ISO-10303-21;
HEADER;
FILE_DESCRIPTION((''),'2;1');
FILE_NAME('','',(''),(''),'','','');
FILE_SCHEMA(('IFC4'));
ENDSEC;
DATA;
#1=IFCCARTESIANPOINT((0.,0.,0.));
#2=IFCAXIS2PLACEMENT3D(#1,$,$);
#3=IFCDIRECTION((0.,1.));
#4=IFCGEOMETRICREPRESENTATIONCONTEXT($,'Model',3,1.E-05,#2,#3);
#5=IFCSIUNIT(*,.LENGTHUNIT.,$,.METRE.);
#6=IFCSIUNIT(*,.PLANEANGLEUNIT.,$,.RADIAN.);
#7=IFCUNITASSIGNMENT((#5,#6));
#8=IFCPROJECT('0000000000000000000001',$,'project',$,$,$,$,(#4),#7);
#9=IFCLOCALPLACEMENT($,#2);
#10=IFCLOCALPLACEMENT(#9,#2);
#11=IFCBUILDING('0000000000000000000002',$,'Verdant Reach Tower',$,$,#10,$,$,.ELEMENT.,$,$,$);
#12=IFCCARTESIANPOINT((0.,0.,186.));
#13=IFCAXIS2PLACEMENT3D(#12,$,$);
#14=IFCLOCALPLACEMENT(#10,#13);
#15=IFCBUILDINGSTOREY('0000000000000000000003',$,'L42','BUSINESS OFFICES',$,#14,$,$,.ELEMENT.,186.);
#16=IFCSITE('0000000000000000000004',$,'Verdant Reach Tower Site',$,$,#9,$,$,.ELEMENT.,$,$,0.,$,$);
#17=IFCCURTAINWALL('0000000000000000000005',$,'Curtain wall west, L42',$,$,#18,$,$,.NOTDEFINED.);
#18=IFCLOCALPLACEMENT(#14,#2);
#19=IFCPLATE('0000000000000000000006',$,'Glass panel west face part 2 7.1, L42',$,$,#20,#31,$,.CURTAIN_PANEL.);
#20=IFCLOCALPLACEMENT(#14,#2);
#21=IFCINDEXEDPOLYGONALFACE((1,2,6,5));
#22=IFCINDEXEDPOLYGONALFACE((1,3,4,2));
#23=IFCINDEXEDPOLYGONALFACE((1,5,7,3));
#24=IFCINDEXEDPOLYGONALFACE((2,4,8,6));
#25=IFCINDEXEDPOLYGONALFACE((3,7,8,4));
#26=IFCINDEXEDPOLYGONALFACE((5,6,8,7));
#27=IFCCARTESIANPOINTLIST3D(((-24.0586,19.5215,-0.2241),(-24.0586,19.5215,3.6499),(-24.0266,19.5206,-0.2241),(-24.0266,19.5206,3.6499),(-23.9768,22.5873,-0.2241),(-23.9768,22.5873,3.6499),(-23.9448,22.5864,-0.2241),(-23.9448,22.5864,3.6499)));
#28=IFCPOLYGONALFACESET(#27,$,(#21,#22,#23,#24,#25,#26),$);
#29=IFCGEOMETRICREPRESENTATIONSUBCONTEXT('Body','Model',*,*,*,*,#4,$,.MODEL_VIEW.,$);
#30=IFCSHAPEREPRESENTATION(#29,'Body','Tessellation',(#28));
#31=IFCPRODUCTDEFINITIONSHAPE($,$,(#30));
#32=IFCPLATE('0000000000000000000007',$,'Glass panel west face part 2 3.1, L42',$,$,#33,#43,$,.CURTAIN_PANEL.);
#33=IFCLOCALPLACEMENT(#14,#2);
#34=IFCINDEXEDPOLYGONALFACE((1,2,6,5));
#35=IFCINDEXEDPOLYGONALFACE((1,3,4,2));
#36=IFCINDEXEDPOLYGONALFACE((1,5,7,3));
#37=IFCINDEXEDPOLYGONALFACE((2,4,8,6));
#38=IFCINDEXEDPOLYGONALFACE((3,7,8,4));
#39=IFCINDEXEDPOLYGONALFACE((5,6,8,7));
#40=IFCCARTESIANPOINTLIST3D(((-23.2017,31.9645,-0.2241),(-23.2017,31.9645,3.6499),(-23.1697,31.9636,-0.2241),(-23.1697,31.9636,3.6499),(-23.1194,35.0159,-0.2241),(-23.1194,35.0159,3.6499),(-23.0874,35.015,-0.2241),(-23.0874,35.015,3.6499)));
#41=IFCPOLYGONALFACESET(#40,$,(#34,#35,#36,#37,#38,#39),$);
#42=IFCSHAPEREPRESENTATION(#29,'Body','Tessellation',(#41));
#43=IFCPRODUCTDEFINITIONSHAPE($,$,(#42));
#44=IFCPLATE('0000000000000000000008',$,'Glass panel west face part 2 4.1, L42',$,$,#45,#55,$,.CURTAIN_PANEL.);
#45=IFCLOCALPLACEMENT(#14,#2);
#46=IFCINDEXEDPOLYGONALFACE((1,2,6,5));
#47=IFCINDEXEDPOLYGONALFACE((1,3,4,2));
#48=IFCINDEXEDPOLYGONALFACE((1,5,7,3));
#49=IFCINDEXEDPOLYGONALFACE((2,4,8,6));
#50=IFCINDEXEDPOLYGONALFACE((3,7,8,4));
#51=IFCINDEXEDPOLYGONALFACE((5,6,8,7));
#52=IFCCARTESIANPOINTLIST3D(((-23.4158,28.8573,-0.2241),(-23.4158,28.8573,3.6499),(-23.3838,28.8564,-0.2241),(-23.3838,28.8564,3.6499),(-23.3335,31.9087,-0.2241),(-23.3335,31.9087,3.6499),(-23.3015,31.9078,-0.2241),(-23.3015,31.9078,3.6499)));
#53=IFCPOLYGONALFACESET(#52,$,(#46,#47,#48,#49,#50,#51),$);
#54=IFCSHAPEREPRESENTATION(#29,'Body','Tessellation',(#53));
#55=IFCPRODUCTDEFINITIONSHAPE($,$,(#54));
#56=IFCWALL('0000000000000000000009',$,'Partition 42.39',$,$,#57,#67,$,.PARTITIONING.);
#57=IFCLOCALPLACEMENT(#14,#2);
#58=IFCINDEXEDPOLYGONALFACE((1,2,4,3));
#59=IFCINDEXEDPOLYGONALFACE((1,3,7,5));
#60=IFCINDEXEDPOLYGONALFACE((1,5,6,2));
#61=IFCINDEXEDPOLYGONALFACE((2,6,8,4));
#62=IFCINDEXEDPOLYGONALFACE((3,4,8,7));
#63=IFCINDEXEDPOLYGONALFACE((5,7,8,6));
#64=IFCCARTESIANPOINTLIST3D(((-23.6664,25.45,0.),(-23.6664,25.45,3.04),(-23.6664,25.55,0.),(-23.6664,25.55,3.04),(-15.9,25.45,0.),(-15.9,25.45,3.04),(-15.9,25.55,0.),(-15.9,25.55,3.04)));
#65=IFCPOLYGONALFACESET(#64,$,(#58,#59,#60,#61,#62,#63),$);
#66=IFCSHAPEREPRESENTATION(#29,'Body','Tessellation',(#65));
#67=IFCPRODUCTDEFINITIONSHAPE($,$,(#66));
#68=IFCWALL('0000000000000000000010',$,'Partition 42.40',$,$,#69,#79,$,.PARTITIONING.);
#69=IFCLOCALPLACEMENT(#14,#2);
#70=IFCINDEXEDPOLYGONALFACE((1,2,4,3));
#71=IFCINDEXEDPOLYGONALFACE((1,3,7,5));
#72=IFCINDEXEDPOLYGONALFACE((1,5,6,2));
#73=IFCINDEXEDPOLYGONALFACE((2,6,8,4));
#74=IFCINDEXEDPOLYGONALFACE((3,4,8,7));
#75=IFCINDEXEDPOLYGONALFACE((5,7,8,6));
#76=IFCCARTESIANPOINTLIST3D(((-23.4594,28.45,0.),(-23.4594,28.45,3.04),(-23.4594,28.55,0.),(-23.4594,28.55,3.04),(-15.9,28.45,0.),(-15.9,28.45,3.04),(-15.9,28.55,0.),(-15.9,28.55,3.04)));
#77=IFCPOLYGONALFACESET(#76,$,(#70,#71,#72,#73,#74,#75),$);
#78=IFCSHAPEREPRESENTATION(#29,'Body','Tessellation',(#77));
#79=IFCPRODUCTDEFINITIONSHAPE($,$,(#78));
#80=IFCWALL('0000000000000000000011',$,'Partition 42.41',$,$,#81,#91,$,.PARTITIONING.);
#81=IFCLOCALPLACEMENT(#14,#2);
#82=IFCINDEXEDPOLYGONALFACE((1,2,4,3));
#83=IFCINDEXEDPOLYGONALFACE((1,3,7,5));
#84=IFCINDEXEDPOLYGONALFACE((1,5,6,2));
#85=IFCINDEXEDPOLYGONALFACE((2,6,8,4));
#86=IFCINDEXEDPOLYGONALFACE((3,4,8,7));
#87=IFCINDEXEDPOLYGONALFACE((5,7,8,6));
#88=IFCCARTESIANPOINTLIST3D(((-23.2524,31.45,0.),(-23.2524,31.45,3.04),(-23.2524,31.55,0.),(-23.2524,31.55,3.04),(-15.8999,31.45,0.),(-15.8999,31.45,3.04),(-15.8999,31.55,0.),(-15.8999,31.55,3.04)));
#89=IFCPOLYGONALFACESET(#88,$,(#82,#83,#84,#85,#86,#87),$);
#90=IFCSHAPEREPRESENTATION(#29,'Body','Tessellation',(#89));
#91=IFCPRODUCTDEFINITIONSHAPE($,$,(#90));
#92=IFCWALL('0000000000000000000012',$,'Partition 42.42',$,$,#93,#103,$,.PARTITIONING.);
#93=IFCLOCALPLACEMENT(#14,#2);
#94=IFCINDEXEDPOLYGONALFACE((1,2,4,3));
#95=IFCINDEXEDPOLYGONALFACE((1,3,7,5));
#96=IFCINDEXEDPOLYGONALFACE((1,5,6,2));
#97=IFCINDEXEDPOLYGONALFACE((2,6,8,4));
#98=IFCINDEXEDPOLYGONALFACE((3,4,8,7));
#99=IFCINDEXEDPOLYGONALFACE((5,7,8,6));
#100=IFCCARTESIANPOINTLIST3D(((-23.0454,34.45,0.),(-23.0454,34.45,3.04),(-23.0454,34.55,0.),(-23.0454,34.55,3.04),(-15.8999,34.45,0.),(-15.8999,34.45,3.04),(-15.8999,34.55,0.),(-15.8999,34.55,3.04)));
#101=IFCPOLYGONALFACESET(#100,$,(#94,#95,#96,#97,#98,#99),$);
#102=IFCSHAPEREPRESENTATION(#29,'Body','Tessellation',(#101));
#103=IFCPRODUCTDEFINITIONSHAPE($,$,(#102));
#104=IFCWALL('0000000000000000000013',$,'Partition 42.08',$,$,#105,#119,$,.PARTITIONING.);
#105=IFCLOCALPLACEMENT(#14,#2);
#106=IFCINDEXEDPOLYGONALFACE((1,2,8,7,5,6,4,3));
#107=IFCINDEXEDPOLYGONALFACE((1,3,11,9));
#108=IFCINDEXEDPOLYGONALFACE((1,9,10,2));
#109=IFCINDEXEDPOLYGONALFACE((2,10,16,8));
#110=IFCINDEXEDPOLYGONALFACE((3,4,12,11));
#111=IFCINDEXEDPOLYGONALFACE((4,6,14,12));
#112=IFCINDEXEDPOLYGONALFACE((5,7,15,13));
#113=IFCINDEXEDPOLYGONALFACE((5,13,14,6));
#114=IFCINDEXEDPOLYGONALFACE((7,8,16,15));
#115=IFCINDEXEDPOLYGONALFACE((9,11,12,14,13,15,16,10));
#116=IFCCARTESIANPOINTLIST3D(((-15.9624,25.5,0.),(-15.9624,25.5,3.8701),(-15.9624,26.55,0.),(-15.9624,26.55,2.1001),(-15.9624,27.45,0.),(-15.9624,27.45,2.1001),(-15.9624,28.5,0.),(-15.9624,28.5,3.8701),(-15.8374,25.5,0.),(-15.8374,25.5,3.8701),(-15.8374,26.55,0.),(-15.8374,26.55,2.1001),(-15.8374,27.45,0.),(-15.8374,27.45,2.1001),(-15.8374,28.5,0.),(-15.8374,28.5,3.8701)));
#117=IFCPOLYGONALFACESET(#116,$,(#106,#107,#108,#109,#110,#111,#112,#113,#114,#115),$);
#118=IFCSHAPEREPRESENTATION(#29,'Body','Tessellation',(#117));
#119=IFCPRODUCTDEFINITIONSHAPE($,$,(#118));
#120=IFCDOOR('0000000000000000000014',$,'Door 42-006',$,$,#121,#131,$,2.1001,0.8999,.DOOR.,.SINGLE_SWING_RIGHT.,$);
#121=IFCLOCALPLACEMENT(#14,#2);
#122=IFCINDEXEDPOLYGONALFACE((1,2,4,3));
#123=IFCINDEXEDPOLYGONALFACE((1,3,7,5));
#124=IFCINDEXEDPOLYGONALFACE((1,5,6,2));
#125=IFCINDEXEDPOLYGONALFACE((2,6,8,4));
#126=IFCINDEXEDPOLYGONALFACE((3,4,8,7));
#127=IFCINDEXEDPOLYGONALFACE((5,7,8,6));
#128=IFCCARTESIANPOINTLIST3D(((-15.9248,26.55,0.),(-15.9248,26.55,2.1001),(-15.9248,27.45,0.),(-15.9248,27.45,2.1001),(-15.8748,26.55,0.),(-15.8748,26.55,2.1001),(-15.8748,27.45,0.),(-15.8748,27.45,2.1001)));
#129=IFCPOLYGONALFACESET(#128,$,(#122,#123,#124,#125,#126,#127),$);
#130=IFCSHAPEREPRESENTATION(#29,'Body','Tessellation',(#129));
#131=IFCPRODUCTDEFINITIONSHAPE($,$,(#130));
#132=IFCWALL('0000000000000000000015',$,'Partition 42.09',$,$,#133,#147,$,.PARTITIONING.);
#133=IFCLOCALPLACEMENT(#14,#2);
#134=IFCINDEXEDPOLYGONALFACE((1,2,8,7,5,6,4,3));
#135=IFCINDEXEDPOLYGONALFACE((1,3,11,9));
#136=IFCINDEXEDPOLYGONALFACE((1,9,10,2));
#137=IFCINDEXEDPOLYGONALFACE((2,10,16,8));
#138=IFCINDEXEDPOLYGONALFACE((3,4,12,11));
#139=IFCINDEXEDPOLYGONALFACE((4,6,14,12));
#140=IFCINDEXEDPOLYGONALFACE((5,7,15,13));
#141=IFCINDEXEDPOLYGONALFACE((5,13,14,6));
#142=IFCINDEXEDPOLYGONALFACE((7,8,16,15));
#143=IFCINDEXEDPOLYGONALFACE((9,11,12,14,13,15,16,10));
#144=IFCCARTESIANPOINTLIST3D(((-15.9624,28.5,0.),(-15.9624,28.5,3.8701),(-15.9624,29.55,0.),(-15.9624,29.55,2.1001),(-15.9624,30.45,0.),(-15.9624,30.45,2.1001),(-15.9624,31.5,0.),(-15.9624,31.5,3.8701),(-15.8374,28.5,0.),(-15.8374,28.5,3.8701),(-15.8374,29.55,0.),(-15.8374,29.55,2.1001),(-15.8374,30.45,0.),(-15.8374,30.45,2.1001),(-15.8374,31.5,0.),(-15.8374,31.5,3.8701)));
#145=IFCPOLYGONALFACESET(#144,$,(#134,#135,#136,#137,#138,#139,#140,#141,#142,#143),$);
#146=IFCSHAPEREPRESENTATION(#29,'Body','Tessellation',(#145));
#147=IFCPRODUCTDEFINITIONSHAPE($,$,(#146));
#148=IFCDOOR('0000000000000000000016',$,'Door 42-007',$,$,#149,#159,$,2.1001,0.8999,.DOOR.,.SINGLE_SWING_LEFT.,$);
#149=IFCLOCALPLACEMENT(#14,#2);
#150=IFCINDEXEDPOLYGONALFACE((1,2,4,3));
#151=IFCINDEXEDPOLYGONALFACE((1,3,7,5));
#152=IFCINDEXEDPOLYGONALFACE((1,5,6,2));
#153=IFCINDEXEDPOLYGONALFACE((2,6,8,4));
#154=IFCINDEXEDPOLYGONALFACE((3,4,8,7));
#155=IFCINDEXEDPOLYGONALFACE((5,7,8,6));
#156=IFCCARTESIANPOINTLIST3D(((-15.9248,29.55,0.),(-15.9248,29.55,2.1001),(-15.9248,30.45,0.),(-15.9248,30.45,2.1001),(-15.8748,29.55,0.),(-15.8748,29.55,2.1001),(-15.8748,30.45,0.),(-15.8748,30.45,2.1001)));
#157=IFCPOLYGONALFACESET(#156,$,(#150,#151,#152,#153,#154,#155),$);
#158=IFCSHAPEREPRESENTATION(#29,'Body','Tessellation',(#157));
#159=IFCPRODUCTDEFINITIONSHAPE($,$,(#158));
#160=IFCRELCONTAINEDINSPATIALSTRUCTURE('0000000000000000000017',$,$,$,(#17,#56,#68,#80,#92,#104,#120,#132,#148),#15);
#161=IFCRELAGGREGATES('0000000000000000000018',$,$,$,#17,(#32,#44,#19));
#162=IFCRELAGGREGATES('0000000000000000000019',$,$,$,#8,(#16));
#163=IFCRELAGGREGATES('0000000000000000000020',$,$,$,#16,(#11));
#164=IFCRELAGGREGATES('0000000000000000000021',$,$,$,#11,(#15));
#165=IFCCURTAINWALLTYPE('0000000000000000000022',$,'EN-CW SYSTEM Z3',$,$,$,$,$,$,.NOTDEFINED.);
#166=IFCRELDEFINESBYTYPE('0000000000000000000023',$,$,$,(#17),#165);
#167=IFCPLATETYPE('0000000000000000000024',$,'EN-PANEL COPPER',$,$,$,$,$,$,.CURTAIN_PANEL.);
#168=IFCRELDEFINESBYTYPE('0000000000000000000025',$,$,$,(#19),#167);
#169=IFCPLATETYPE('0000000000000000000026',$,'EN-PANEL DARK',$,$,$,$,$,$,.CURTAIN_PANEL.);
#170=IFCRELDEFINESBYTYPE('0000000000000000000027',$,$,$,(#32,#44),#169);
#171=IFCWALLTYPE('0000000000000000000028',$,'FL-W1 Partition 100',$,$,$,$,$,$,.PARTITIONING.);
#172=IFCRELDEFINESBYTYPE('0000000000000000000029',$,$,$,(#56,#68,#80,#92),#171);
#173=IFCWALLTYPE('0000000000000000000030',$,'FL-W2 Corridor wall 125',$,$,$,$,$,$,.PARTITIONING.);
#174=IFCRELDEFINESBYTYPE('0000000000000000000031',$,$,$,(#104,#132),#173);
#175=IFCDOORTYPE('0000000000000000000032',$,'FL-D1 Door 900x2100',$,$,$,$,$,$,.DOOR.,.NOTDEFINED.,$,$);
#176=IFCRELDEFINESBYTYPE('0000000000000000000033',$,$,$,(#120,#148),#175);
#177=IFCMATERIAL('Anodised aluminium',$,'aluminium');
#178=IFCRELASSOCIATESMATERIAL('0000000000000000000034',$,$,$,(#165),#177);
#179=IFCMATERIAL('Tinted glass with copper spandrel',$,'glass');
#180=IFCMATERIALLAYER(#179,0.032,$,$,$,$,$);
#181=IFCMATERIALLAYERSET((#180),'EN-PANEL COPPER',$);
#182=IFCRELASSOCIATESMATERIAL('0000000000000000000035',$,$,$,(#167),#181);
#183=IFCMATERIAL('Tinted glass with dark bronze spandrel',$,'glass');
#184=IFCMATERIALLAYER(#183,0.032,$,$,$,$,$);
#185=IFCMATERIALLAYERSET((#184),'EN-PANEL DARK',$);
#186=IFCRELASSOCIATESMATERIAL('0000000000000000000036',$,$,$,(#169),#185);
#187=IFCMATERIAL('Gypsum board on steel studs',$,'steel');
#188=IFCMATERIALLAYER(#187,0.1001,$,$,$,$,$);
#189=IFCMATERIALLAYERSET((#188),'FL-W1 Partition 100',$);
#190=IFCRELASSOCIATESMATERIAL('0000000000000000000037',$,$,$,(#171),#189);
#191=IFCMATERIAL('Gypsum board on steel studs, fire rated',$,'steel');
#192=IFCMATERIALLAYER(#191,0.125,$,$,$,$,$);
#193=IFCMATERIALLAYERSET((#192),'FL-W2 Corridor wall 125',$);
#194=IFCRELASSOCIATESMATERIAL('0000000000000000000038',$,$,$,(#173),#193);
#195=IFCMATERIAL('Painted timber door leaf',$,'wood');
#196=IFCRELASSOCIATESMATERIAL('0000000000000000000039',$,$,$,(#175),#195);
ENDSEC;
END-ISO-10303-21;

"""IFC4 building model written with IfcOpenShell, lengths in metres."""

from ifc_helpers import new_model, si_unit, direction, frame, frame_2d, origin, origin_2d, place, context, subcontext, project, spatial, rectangle, extrude, material, layer, layer_set, type_object, element, fill, aggregate, save


model = new_model("IFC4")

# Units and contexts
model_context = context("Model", 3, precision=1e-05, world=origin(), true_north=direction((0.0, 1.0)))
body_context = subcontext(model_context, "Body", "Model", "MODEL_VIEW")
ifc_project = project(units=[si_unit("LENGTHUNIT", "METRE"), si_unit("PLANEANGLEUNIT", "RADIAN")], contexts=[model_context])

# Site, building, storey
site_placement = place(None, origin())
site = spatial("IfcSite", under=ifc_project, at=site_placement, Name="Verdant Reach Tower Site", CompositionType="ELEMENT", RefElevation=0.0)
building_placement = place(site_placement, origin())
building = spatial("IfcBuilding", under=site, at=building_placement, Name="Verdant Reach Tower", CompositionType="ELEMENT")
storey_placement = place(building_placement, frame((0.0, 0.0, 186.0)))
storey = spatial("IfcBuildingStorey", under=building, at=storey_placement, Name="L42", Description="BUSINESS OFFICES", CompositionType="ELEMENT", Elevation=186.0)

# Curtain wall, plates
ifc_material_1 = material(Name="Anodised aluminium", Category="aluminium")
curtain_wall_type = type_object("IfcCurtainWallType", Name="EN-CW SYSTEM Z3", PredefinedType="NOTDEFINED", material=ifc_material_1)
curtain_wall_placement = place(storey_placement, origin())
curtain_wall = element("IfcCurtainWall", 1, at=curtain_wall_placement, inside=storey, type_object=curtain_wall_type, Name="Curtain wall west, L42", PredefinedType="NOTDEFINED")
ifc_material_2 = material(Name="Tinted glass with copper spandrel", Category="glass")
ifc_layer_1 = layer(ifc_material_2, 0.032)
ifc_layer_set_1 = layer_set([ifc_layer_1], Name="EN-PANEL COPPER")
plate_type_1 = type_object("IfcPlateType", Name="EN-PANEL COPPER", PredefinedType="CURTAIN_PANEL", material=ifc_layer_set_1)
plate_1_placement = place(storey_placement, frame((-24.0017, 21.054, -0.2241), z_axis=(0.0, 0.0, 1.0), x_axis=(-0.02666, -0.999645, 0.0)))
plate_1 = element("IfcPlate", 2, at=plate_1_placement, type_object=plate_type_1, Name="Glass panel west face part 2 7.1, L42", PredefinedType="CURTAIN_PANEL", context=body_context, shape_type="SweptSolid", body=[
    extrude(rectangle(XDim=3.0669, YDim=0.032, at=origin_2d()), origin(), (0.0, 0.0, 1.0), 3.874),
])
ifc_material_3 = material(Name="Tinted glass with dark bronze spandrel", Category="glass")
ifc_layer_2 = layer(ifc_material_3, 0.032)
ifc_layer_set_2 = layer_set([ifc_layer_2], Name="EN-PANEL DARK")
plate_type_2 = type_object("IfcPlateType", Name="EN-PANEL DARK", PredefinedType="CURTAIN_PANEL", material=ifc_layer_set_2)
plate_2_placement = place(storey_placement, frame((-23.1445, 33.4897, -0.2241), z_axis=(0.0, 0.0, 1.0), x_axis=(-0.026965, -0.999636, 0.0)))
plate_2 = element("IfcPlate", 3, at=plate_2_placement, type_object=plate_type_2, Name="Glass panel west face part 2 3.1, L42", PredefinedType="CURTAIN_PANEL", context=body_context, shape_type="SweptSolid", body=[
    extrude(rectangle(XDim=3.0525, YDim=0.032, at=origin_2d()), origin(), (0.0, 0.0, 1.0), 3.874),
])
plate_3_placement = place(storey_placement, frame((-23.3586, 30.3826, -0.2241), z_axis=(0.0, 0.0, 1.0), x_axis=(-0.026965, -0.999636, 0.0)))
plate_3 = element("IfcPlate", 4, at=plate_3_placement, type_object=plate_type_2, Name="Glass panel west face part 2 4.1, L42", PredefinedType="CURTAIN_PANEL", context=body_context, shape_type="SweptSolid", body=[
    extrude(rectangle(XDim=3.0525, YDim=0.032, at=origin_2d()), origin(), (0.0, 0.0, 1.0), 3.874),
])
aggregate(curtain_wall, [plate_2, plate_3, plate_1])

# Walls
ifc_material_4 = material(Name="Gypsum board on steel studs", Category="steel")
ifc_layer_3 = layer(ifc_material_4, 0.1001)
ifc_layer_set_3 = layer_set([ifc_layer_3], Name="FL-W1 Partition 100")
wall_type_1 = type_object("IfcWallType", Name="FL-W1 Partition 100", PredefinedType="PARTITIONING", material=ifc_layer_set_3)
wall_1_placement = place(storey_placement, frame((-15.8999, 25.5, 0.0), z_axis=(0.0, 0.0, 1.0), x_axis=(-1.0, 0.0, 0.0)))
element("IfcWall", 5, at=wall_1_placement, inside=storey, type_object=wall_type_1, Name="Partition 42.39", PredefinedType="PARTITIONING", context=body_context, shape_type="SweptSolid", body=[
    extrude(rectangle(XDim=7.7664, YDim=0.1001, at=frame_2d((3.8833, 0.0))), origin(), (0.0, 0.0, 1.0), 3.04),
])
wall_2_placement = place(storey_placement, frame((-15.8999, 28.5, 0.0), z_axis=(0.0, 0.0, 1.0), x_axis=(-1.0, 0.0, 0.0)))
element("IfcWall", 6, at=wall_2_placement, inside=storey, type_object=wall_type_1, Name="Partition 42.40", PredefinedType="PARTITIONING", context=body_context, shape_type="SweptSolid", body=[
    extrude(rectangle(XDim=7.5593, YDim=0.1001, at=frame_2d((3.7798, 0.0))), origin(), (0.0, 0.0, 1.0), 3.04),
])
wall_3_placement = place(storey_placement, frame((-15.8999, 31.5, 0.0), z_axis=(0.0, 0.0, 1.0), x_axis=(-1.0, 0.0, 0.0)))
element("IfcWall", 7, at=wall_3_placement, inside=storey, type_object=wall_type_1, Name="Partition 42.41", PredefinedType="PARTITIONING", context=body_context, shape_type="SweptSolid", body=[
    extrude(rectangle(XDim=7.3525, YDim=0.1001, at=frame_2d((3.6763, 0.0))), origin(), (0.0, 0.0, 1.0), 3.04),
])
wall_4_placement = place(storey_placement, frame((-15.8999, 34.5, 0.0), z_axis=(0.0, 0.0, 1.0), x_axis=(-1.0, 0.0, 0.0)))
element("IfcWall", 8, at=wall_4_placement, inside=storey, type_object=wall_type_1, Name="Partition 42.42", PredefinedType="PARTITIONING", context=body_context, shape_type="SweptSolid", body=[
    extrude(rectangle(XDim=7.1455, YDim=0.1001, at=frame_2d((3.5728, 0.0))), origin(), (0.0, 0.0, 1.0), 3.04),
])

# Walls, openings, doors
ifc_material_5 = material(Name="Gypsum board on steel studs, fire rated", Category="steel")
ifc_layer_4 = layer(ifc_material_5, 0.125)
ifc_layer_set_4 = layer_set([ifc_layer_4], Name="FL-W2 Corridor wall 125")
wall_type_2 = type_object("IfcWallType", Name="FL-W2 Corridor wall 125", PredefinedType="PARTITIONING", material=ifc_layer_set_4)
wall_5_placement = place(storey_placement, frame((-15.8999, 25.5, 0.0), z_axis=(0.0, 0.0, 1.0), x_axis=(0.0, 1.0, 0.0)))
wall_5 = element("IfcWall", 9, at=wall_5_placement, inside=storey, type_object=wall_type_2, Name="Partition 42.08", PredefinedType="PARTITIONING", context=body_context, shape_type="SweptSolid", body=[
    extrude(rectangle(XDim=3.0, YDim=0.125, at=frame_2d((1.5, 0.0))), origin(), (0.0, 0.0, 1.0), 3.8701),
])
opening_1_placement = place(wall_5_placement, frame((1.05, 0.0, 0.0)))
opening_1 = element("IfcOpeningElement", 10, at=opening_1_placement, cuts=wall_5, PredefinedType="OPENING", context=body_context, shape_type="SweptSolid", body=[
    extrude(rectangle(XDim=0.8999, YDim=2.1001, at=frame_2d((0.45, 1.05))), frame((0.0, 0.0725, 0.0), z_axis=(0.0, -1.0, 0.0), x_axis=(1.0, 0.0, 0.0)), (0.0, 0.0, 1.0), 0.145),
])
ifc_material_6 = material(Name="Painted timber door leaf", Category="wood")
door_type_1 = type_object("IfcDoorType", Name="FL-D1 Door 900x2100", OperationType="NOTDEFINED", PredefinedType="DOOR", material=ifc_material_6)
door_1_placement = place(opening_1_placement, origin())
door_1 = element("IfcDoor", 11, at=door_1_placement, inside=storey, type_object=door_type_1, Name="Door 42-006", OperationType="SINGLE_SWING_RIGHT", OverallHeight=2.1001, OverallWidth=0.8999, PredefinedType="DOOR", context=body_context, shape_type="SweptSolid", body=[
    extrude(rectangle(XDim=0.8999, YDim=2.1001, at=frame_2d((0.45, 1.05))), frame((0.0, 0.0249, 0.0), z_axis=(0.0, -1.0, 0.0), x_axis=(1.0, 0.0, 0.0)), (0.0, 0.0, 1.0), 0.05),
])
fill(opening_1, door_1)
wall_6_placement = place(storey_placement, frame((-15.8999, 28.5, 0.0), z_axis=(0.0, 0.0, 1.0), x_axis=(0.0, 1.0, 0.0)))
wall_6 = element("IfcWall", 12, at=wall_6_placement, inside=storey, type_object=wall_type_2, Name="Partition 42.09", PredefinedType="PARTITIONING", context=body_context, shape_type="SweptSolid", body=[
    extrude(rectangle(XDim=3.0, YDim=0.125, at=frame_2d((1.5, 0.0))), origin(), (0.0, 0.0, 1.0), 3.8701),
])
opening_2_placement = place(wall_6_placement, frame((1.05, 0.0, 0.0)))
opening_2 = element("IfcOpeningElement", 13, at=opening_2_placement, cuts=wall_6, PredefinedType="OPENING", context=body_context, shape_type="SweptSolid", body=[
    extrude(rectangle(XDim=0.8999, YDim=2.1001, at=frame_2d((0.45, 1.05))), frame((0.0, 0.0725, 0.0), z_axis=(0.0, -1.0, 0.0), x_axis=(1.0, 0.0, 0.0)), (0.0, 0.0, 1.0), 0.145),
])
door_2_placement = place(opening_2_placement, origin())
door_2 = element("IfcDoor", 14, at=door_2_placement, inside=storey, type_object=door_type_1, Name="Door 42-007", OperationType="SINGLE_SWING_LEFT", OverallHeight=2.1001, OverallWidth=0.8999, PredefinedType="DOOR", context=body_context, shape_type="SweptSolid", body=[
    extrude(rectangle(XDim=0.8999, YDim=2.1001, at=frame_2d((0.45, 1.05))), frame((0.0, 0.0249, 0.0), z_axis=(0.0, -1.0, 0.0), x_axis=(1.0, 0.0, 0.0)), (0.0, 0.0, 1.0), 0.05),
])
fill(opening_2, door_2)

save(model, "model.ifc")
